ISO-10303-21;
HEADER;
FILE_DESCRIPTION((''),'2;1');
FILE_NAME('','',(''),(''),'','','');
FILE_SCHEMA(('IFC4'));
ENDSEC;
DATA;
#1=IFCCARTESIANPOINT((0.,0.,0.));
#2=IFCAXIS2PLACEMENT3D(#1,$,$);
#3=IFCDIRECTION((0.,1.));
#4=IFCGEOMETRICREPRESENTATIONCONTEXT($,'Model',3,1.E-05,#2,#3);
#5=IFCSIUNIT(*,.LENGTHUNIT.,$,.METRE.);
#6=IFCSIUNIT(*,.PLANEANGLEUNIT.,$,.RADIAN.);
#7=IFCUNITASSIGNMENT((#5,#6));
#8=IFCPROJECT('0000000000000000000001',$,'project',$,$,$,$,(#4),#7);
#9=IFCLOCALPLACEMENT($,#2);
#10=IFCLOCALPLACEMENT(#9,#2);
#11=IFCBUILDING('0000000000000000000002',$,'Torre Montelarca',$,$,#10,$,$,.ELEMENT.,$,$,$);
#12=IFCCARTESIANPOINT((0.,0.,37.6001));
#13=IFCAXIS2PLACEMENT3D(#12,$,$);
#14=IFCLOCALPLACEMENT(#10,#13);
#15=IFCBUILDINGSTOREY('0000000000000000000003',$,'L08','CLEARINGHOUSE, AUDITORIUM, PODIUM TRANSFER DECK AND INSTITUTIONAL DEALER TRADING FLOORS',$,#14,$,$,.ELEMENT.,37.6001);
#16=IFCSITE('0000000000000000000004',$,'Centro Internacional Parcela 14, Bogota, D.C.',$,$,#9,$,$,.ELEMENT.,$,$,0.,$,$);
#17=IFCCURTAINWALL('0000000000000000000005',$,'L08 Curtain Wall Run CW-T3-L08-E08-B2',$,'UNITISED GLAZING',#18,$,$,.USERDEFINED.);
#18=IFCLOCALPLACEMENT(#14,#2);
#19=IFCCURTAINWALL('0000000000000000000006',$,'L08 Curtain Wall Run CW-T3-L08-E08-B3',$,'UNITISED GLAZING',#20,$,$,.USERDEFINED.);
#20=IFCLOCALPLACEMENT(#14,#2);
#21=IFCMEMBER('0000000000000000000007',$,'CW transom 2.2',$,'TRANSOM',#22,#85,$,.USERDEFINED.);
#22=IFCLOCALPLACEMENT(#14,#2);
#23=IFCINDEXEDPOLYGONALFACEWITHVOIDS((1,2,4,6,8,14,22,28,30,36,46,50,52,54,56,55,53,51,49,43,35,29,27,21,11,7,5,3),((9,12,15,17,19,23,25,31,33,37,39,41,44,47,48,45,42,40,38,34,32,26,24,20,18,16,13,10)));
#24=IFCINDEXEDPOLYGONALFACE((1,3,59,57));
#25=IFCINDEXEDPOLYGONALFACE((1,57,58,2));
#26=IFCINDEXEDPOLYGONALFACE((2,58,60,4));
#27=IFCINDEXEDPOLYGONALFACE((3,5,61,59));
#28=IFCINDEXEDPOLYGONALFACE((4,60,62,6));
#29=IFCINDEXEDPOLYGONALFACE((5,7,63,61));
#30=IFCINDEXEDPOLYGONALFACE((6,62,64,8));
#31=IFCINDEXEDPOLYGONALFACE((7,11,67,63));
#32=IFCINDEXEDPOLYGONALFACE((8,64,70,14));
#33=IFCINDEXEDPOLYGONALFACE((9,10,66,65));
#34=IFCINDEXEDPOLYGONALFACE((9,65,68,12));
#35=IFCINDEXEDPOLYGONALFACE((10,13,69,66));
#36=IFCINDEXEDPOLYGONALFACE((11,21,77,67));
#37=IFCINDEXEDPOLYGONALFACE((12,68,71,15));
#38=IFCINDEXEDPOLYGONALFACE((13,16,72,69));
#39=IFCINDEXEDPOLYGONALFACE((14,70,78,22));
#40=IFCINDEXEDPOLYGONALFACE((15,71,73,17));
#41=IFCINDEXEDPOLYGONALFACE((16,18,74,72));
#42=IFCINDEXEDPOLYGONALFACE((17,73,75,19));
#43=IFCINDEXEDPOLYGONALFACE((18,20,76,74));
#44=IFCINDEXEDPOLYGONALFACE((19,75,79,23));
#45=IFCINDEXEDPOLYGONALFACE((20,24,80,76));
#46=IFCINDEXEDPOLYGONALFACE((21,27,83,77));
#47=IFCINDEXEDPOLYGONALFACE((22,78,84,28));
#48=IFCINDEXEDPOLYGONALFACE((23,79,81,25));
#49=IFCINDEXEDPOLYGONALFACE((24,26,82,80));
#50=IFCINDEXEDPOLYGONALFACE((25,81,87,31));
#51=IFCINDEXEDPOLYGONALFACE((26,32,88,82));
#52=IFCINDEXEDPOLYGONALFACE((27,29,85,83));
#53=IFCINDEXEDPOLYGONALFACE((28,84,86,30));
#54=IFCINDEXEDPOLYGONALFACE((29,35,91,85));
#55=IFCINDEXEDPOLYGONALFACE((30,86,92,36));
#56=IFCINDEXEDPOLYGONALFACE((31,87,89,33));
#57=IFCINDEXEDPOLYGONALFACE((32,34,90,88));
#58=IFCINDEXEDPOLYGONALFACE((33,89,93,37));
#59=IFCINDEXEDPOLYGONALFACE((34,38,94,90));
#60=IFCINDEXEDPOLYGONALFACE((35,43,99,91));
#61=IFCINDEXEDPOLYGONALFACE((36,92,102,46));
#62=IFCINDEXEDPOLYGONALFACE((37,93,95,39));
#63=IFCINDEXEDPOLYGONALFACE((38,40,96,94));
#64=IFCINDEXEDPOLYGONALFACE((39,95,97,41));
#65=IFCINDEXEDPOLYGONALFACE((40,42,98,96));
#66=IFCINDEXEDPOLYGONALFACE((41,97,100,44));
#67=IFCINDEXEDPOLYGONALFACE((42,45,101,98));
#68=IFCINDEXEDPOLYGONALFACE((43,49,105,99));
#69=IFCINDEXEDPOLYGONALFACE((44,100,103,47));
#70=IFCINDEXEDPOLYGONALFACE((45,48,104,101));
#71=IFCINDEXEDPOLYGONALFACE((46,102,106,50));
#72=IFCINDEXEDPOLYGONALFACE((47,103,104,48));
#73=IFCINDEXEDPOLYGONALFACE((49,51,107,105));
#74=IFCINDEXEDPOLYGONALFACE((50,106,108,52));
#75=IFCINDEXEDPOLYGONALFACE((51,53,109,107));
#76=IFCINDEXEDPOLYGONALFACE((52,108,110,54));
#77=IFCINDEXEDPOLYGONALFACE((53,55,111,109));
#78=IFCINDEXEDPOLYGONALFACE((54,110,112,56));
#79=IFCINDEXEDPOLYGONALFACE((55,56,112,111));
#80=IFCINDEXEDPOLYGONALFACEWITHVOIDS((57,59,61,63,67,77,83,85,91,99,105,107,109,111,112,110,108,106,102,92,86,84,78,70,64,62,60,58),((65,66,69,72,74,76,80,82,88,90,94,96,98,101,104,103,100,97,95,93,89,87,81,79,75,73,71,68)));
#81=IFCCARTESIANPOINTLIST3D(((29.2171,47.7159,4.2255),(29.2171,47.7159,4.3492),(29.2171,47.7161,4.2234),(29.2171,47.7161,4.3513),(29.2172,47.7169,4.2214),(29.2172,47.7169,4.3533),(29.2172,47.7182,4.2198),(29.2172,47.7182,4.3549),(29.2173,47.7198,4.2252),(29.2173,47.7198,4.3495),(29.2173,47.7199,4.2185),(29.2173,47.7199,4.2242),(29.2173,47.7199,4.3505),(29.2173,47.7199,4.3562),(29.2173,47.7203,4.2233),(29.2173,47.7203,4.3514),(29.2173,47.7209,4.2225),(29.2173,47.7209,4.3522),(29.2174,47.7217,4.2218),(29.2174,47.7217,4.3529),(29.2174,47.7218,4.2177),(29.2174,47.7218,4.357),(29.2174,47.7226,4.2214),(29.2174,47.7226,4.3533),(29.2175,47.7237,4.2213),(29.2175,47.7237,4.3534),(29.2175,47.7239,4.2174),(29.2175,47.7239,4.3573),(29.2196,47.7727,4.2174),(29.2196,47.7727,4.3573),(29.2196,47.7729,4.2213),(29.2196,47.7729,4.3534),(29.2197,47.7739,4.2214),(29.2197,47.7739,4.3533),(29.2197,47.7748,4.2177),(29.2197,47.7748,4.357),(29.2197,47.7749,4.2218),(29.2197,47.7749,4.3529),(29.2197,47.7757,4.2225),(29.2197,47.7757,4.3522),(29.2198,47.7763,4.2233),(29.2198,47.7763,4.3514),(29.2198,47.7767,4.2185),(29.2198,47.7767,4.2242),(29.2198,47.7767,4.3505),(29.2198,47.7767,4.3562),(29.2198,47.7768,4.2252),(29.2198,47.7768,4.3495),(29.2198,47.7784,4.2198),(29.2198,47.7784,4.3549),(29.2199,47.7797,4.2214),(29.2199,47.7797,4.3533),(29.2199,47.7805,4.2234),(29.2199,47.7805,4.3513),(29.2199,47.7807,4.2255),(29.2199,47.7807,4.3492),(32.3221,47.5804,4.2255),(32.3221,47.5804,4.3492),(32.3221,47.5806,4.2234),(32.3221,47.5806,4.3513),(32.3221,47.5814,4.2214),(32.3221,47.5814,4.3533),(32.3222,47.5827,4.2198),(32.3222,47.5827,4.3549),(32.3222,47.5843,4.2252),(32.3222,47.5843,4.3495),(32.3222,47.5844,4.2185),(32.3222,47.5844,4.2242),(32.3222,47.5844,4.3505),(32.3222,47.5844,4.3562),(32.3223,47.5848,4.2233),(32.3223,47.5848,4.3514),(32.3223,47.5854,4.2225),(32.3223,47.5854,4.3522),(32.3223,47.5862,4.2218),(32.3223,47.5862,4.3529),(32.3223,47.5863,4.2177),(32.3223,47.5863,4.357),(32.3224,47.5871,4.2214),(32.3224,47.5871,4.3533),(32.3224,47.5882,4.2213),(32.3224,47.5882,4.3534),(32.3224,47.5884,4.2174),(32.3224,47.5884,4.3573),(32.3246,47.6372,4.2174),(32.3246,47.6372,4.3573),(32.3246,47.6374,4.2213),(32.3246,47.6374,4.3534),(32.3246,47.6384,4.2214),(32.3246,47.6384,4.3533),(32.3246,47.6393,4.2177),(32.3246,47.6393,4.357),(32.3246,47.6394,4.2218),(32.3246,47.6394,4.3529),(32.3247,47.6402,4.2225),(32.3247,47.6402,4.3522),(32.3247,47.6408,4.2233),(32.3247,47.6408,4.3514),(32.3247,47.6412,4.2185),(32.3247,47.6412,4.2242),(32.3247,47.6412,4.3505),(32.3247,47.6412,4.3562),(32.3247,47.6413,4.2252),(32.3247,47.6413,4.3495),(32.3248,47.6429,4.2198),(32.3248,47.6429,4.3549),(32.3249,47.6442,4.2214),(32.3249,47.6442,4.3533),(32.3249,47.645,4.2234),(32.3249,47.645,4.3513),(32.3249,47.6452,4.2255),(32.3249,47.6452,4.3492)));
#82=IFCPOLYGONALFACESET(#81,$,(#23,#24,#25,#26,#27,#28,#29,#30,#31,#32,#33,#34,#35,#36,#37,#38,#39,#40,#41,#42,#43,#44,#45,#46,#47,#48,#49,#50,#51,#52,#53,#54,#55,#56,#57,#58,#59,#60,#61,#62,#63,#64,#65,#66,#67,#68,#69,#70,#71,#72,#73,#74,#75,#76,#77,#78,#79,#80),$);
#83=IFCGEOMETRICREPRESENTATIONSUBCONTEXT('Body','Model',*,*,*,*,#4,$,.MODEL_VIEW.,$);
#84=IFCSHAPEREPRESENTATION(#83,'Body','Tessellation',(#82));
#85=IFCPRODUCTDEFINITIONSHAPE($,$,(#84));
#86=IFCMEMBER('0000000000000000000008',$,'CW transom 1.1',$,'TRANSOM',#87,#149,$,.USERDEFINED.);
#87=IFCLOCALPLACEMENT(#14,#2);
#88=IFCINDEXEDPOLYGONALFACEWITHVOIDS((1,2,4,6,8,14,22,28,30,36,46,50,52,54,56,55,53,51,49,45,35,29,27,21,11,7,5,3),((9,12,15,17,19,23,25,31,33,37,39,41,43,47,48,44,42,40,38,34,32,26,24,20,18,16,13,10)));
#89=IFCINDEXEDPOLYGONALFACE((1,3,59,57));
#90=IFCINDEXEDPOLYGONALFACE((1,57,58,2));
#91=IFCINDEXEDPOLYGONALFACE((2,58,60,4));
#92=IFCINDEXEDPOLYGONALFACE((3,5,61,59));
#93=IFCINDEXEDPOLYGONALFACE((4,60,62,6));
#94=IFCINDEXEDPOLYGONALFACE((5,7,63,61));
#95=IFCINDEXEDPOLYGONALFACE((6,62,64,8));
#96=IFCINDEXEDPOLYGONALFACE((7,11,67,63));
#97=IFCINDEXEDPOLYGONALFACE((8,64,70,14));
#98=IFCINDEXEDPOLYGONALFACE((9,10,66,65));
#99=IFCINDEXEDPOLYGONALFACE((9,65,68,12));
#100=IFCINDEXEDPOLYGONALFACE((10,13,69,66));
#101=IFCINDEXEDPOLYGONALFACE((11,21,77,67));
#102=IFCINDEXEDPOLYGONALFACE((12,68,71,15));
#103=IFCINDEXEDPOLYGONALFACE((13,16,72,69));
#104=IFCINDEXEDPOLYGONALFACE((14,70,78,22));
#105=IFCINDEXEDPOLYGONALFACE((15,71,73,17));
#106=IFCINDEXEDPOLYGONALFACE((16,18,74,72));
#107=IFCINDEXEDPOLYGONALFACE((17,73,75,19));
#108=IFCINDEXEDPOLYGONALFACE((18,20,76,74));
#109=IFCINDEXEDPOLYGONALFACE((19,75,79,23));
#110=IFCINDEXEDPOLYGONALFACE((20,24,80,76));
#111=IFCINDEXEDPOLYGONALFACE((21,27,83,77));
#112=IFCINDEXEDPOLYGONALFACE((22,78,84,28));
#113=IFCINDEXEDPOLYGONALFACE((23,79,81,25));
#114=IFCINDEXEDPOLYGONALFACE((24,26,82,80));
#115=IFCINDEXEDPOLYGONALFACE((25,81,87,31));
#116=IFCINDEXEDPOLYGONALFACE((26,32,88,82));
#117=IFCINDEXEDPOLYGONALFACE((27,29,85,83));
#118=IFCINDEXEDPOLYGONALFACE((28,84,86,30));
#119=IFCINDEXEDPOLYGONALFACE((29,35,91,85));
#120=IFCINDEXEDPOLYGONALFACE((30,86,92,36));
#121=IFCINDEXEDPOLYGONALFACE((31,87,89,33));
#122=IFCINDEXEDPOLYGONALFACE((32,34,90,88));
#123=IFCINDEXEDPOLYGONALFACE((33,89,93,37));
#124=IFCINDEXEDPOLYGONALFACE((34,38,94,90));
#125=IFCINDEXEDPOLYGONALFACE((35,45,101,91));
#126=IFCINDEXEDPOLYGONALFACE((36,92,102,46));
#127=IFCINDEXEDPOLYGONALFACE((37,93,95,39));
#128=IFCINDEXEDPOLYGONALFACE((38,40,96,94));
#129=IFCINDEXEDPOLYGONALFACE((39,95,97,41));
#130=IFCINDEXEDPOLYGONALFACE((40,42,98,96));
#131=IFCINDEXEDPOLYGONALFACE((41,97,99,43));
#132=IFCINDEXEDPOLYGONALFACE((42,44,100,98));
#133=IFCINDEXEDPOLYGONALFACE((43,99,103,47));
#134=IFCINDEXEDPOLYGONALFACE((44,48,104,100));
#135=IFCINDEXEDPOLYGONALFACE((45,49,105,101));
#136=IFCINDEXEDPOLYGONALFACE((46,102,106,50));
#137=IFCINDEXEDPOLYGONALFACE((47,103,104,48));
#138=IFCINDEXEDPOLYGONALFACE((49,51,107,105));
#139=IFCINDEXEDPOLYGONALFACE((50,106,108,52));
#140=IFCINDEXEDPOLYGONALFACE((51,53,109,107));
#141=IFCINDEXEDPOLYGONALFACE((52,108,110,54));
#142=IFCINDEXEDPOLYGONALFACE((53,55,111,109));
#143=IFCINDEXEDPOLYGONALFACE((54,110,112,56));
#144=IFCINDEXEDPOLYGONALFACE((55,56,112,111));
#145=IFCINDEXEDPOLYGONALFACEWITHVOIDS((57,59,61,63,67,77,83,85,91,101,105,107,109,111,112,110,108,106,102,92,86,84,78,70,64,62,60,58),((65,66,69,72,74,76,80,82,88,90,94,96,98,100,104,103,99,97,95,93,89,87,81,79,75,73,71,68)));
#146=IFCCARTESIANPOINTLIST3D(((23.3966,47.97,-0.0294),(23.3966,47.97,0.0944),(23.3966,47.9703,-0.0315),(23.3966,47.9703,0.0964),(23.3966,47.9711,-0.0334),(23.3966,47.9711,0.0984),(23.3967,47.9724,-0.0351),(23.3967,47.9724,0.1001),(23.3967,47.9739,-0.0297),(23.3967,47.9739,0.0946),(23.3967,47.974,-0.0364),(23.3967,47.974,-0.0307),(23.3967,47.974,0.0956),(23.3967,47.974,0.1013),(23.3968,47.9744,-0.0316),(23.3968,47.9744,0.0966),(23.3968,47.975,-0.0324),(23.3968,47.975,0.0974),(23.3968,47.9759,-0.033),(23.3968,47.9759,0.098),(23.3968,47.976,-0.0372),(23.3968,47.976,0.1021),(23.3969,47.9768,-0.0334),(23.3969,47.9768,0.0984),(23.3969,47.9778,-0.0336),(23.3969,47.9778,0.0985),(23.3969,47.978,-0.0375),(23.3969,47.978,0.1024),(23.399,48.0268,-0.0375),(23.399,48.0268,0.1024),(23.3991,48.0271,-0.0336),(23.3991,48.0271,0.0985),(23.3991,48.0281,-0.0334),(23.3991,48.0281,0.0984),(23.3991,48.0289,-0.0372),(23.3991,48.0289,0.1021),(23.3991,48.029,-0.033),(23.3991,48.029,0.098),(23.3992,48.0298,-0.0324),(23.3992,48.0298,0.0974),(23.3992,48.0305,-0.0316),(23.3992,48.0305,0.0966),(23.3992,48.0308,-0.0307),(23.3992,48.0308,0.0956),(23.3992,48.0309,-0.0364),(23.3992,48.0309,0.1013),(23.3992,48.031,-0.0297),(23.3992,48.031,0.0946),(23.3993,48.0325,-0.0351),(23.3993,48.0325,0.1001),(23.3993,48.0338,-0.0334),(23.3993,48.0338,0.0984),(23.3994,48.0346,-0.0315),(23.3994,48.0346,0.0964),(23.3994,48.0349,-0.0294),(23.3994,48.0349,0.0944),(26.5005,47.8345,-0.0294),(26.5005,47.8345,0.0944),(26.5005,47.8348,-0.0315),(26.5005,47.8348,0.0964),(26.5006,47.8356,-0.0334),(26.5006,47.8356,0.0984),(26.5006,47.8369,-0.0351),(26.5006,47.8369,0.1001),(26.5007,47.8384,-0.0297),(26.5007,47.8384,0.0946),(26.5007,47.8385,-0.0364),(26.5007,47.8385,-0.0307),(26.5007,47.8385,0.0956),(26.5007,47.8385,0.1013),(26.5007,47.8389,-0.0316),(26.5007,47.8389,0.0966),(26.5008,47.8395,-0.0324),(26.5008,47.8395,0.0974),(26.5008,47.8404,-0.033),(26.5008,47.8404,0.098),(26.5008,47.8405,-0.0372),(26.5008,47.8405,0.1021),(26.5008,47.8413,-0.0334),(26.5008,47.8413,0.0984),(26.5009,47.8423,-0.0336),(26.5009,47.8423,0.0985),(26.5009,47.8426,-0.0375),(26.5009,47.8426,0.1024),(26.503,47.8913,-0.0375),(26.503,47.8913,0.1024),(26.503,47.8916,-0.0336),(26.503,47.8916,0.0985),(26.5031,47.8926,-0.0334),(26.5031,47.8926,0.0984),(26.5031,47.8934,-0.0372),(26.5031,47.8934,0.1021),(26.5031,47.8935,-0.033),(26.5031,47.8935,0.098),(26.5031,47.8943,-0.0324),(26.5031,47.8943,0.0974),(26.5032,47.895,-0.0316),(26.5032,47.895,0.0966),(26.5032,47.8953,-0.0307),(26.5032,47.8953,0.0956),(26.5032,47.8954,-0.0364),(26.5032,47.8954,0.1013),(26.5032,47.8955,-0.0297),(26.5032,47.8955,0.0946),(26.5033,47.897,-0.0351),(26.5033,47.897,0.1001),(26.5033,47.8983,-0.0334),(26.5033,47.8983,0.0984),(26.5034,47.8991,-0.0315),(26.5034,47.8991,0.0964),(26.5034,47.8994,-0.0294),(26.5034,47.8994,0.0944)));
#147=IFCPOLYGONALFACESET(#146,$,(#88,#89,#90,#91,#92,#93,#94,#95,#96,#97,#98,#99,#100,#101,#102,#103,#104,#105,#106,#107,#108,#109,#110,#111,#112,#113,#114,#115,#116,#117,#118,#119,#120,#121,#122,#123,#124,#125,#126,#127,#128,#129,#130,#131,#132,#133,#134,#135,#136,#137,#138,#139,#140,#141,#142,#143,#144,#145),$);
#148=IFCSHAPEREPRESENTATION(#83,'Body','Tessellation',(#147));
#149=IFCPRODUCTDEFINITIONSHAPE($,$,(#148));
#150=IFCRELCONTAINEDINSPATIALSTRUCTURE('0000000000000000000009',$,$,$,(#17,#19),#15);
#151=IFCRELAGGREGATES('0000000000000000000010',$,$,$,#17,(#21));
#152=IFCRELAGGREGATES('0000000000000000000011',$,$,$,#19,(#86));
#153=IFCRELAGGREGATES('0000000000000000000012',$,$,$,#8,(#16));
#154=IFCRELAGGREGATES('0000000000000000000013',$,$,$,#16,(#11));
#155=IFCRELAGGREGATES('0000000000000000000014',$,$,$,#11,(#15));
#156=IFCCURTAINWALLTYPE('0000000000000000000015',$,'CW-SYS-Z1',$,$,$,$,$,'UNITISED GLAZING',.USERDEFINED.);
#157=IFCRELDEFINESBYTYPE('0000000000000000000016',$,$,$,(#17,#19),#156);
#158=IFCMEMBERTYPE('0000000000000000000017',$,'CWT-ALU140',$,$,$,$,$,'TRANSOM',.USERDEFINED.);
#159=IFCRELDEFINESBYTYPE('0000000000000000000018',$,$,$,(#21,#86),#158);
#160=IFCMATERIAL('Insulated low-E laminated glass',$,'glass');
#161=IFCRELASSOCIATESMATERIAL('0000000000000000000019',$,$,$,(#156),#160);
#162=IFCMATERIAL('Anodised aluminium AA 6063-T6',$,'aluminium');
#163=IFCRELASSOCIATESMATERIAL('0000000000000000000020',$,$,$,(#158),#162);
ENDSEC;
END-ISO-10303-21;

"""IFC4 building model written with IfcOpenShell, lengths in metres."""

from ifc_helpers import new_model, si_unit, direction, frame, origin, origin_2d, place, context, subcontext, project, spatial, hollow_rectangle, extrude, source, transform, mapped, material, material_profile, profile_set, type_object, element, aggregate, save


model = new_model("IFC4")

# Units and contexts
model_context = context("Model", 3, precision=1e-05, world=origin(), true_north=direction((0.0, 1.0)))
body_context = subcontext(model_context, "Body", "Model", "MODEL_VIEW")
ifc_project = project(units=[si_unit("LENGTHUNIT", "METRE"), si_unit("PLANEANGLEUNIT", "RADIAN")], contexts=[model_context])

# Site, building, storey
site_placement = place(None, origin())
site = spatial("IfcSite", under=ifc_project, at=site_placement, Name="Centro Internacional Parcela 14, Bogota, D.C.", CompositionType="ELEMENT", RefElevation=0.0)
building_placement = place(site_placement, origin())
building = spatial("IfcBuilding", under=site, at=building_placement, Name="Torre Montelarca", CompositionType="ELEMENT")
storey_placement = place(building_placement, frame((0.0, 0.0, 37.6001)))
storey = spatial("IfcBuildingStorey", under=building, at=storey_placement, Name="L08", Description="CLEARINGHOUSE, AUDITORIUM, PODIUM TRANSFER DECK AND INSTITUTIONAL DEALER TRADING FLOORS", CompositionType="ELEMENT", Elevation=37.6001)

# Curtain walls
ifc_material_1 = material(Name="Insulated low-E laminated glass", Category="glass")
curtain_wall_type = type_object("IfcCurtainWallType", Name="CW-SYS-Z1", ElementType="UNITISED GLAZING", PredefinedType="USERDEFINED", material=ifc_material_1)
curtain_wall_1_placement = place(storey_placement, origin())
curtain_wall_1 = element("IfcCurtainWall", 1, at=curtain_wall_1_placement, inside=storey, type_object=curtain_wall_type, Name="L08 Curtain Wall Run CW-T3-L08-E08-B2", ObjectType="UNITISED GLAZING", PredefinedType="USERDEFINED")
ifc_material_2 = material(Name="Anodised aluminium AA 6063-T6", Category="aluminium")
curtain_wall_2_placement = place(storey_placement, origin())
curtain_wall_2 = element("IfcCurtainWall", 2, at=curtain_wall_2_placement, inside=storey, type_object=curtain_wall_type, Name="L08 Curtain Wall Run CW-T3-L08-E08-B3", ObjectType="UNITISED GLAZING", PredefinedType="USERDEFINED")

# Members
ifc_material_profile_1 = material_profile(ifc_material_2, hollow_rectangle(XDim=0.0649, YDim=0.1399, WallThickness=0.0039, InnerFilletRadius=0.0039, OuterFilletRadius=0.0081, at=origin_2d()), Name="ALU65X140X4", Category="aluminium")
ifc_profile_set_1 = profile_set([ifc_material_profile_1], Name="Anodised aluminium AA 6063-T6")
member_type_1 = type_object("IfcMemberType", Name="CWT-ALU140", ElementType="TRANSOM", PredefinedType="USERDEFINED", material=ifc_profile_set_1)
shared_shape_1 = source(origin(), body_context, "Body", "SweptSolid", [
    extrude(hollow_rectangle(XDim=0.0649, YDim=0.1399, WallThickness=0.0039, InnerFilletRadius=0.0039, OuterFilletRadius=0.0081, at=origin_2d()), origin(), (0.0, 0.0, 1.0), 3.1079),
])
member_1_placement = place(storey_placement, frame((32.3235, 47.6128, 4.2874), z_axis=(-0.999049, 0.043597, 0.0), x_axis=(-0.043597, -0.999049, 0.0)))
member_1 = element("IfcMember", 3, at=member_1_placement, type_object=member_type_1, Name="CW transom 2.2", ObjectType="TRANSOM", PredefinedType="USERDEFINED", context=body_context, shape_type="MappedRepresentation", body=[
    mapped(shared_shape_1, transform((0.0, 0.0, 0.0), scale=1.0)),
])
shared_shape_2 = source(origin(), body_context, "Body", "SweptSolid", [
    extrude(hollow_rectangle(XDim=0.0649, YDim=0.1399, WallThickness=0.0039, InnerFilletRadius=0.0039, OuterFilletRadius=0.0081, at=origin_2d()), origin(), (0.0, 0.0, 1.0), 3.1069),
])
member_2_placement = place(storey_placement, frame((26.502, 47.8669, 0.0325), z_axis=(-0.999049, 0.043611, 0.0), x_axis=(-0.043611, -0.999049, 0.0)))
member_2 = element("IfcMember", 4, at=member_2_placement, type_object=member_type_1, Name="CW transom 1.1", ObjectType="TRANSOM", PredefinedType="USERDEFINED", context=body_context, shape_type="MappedRepresentation", body=[
    mapped(shared_shape_2, transform((0.0, 0.0, 0.0), scale=1.0)),
])

aggregate(curtain_wall_1, [member_1])
aggregate(curtain_wall_2, [member_2])

save(model, "model.ifc")
